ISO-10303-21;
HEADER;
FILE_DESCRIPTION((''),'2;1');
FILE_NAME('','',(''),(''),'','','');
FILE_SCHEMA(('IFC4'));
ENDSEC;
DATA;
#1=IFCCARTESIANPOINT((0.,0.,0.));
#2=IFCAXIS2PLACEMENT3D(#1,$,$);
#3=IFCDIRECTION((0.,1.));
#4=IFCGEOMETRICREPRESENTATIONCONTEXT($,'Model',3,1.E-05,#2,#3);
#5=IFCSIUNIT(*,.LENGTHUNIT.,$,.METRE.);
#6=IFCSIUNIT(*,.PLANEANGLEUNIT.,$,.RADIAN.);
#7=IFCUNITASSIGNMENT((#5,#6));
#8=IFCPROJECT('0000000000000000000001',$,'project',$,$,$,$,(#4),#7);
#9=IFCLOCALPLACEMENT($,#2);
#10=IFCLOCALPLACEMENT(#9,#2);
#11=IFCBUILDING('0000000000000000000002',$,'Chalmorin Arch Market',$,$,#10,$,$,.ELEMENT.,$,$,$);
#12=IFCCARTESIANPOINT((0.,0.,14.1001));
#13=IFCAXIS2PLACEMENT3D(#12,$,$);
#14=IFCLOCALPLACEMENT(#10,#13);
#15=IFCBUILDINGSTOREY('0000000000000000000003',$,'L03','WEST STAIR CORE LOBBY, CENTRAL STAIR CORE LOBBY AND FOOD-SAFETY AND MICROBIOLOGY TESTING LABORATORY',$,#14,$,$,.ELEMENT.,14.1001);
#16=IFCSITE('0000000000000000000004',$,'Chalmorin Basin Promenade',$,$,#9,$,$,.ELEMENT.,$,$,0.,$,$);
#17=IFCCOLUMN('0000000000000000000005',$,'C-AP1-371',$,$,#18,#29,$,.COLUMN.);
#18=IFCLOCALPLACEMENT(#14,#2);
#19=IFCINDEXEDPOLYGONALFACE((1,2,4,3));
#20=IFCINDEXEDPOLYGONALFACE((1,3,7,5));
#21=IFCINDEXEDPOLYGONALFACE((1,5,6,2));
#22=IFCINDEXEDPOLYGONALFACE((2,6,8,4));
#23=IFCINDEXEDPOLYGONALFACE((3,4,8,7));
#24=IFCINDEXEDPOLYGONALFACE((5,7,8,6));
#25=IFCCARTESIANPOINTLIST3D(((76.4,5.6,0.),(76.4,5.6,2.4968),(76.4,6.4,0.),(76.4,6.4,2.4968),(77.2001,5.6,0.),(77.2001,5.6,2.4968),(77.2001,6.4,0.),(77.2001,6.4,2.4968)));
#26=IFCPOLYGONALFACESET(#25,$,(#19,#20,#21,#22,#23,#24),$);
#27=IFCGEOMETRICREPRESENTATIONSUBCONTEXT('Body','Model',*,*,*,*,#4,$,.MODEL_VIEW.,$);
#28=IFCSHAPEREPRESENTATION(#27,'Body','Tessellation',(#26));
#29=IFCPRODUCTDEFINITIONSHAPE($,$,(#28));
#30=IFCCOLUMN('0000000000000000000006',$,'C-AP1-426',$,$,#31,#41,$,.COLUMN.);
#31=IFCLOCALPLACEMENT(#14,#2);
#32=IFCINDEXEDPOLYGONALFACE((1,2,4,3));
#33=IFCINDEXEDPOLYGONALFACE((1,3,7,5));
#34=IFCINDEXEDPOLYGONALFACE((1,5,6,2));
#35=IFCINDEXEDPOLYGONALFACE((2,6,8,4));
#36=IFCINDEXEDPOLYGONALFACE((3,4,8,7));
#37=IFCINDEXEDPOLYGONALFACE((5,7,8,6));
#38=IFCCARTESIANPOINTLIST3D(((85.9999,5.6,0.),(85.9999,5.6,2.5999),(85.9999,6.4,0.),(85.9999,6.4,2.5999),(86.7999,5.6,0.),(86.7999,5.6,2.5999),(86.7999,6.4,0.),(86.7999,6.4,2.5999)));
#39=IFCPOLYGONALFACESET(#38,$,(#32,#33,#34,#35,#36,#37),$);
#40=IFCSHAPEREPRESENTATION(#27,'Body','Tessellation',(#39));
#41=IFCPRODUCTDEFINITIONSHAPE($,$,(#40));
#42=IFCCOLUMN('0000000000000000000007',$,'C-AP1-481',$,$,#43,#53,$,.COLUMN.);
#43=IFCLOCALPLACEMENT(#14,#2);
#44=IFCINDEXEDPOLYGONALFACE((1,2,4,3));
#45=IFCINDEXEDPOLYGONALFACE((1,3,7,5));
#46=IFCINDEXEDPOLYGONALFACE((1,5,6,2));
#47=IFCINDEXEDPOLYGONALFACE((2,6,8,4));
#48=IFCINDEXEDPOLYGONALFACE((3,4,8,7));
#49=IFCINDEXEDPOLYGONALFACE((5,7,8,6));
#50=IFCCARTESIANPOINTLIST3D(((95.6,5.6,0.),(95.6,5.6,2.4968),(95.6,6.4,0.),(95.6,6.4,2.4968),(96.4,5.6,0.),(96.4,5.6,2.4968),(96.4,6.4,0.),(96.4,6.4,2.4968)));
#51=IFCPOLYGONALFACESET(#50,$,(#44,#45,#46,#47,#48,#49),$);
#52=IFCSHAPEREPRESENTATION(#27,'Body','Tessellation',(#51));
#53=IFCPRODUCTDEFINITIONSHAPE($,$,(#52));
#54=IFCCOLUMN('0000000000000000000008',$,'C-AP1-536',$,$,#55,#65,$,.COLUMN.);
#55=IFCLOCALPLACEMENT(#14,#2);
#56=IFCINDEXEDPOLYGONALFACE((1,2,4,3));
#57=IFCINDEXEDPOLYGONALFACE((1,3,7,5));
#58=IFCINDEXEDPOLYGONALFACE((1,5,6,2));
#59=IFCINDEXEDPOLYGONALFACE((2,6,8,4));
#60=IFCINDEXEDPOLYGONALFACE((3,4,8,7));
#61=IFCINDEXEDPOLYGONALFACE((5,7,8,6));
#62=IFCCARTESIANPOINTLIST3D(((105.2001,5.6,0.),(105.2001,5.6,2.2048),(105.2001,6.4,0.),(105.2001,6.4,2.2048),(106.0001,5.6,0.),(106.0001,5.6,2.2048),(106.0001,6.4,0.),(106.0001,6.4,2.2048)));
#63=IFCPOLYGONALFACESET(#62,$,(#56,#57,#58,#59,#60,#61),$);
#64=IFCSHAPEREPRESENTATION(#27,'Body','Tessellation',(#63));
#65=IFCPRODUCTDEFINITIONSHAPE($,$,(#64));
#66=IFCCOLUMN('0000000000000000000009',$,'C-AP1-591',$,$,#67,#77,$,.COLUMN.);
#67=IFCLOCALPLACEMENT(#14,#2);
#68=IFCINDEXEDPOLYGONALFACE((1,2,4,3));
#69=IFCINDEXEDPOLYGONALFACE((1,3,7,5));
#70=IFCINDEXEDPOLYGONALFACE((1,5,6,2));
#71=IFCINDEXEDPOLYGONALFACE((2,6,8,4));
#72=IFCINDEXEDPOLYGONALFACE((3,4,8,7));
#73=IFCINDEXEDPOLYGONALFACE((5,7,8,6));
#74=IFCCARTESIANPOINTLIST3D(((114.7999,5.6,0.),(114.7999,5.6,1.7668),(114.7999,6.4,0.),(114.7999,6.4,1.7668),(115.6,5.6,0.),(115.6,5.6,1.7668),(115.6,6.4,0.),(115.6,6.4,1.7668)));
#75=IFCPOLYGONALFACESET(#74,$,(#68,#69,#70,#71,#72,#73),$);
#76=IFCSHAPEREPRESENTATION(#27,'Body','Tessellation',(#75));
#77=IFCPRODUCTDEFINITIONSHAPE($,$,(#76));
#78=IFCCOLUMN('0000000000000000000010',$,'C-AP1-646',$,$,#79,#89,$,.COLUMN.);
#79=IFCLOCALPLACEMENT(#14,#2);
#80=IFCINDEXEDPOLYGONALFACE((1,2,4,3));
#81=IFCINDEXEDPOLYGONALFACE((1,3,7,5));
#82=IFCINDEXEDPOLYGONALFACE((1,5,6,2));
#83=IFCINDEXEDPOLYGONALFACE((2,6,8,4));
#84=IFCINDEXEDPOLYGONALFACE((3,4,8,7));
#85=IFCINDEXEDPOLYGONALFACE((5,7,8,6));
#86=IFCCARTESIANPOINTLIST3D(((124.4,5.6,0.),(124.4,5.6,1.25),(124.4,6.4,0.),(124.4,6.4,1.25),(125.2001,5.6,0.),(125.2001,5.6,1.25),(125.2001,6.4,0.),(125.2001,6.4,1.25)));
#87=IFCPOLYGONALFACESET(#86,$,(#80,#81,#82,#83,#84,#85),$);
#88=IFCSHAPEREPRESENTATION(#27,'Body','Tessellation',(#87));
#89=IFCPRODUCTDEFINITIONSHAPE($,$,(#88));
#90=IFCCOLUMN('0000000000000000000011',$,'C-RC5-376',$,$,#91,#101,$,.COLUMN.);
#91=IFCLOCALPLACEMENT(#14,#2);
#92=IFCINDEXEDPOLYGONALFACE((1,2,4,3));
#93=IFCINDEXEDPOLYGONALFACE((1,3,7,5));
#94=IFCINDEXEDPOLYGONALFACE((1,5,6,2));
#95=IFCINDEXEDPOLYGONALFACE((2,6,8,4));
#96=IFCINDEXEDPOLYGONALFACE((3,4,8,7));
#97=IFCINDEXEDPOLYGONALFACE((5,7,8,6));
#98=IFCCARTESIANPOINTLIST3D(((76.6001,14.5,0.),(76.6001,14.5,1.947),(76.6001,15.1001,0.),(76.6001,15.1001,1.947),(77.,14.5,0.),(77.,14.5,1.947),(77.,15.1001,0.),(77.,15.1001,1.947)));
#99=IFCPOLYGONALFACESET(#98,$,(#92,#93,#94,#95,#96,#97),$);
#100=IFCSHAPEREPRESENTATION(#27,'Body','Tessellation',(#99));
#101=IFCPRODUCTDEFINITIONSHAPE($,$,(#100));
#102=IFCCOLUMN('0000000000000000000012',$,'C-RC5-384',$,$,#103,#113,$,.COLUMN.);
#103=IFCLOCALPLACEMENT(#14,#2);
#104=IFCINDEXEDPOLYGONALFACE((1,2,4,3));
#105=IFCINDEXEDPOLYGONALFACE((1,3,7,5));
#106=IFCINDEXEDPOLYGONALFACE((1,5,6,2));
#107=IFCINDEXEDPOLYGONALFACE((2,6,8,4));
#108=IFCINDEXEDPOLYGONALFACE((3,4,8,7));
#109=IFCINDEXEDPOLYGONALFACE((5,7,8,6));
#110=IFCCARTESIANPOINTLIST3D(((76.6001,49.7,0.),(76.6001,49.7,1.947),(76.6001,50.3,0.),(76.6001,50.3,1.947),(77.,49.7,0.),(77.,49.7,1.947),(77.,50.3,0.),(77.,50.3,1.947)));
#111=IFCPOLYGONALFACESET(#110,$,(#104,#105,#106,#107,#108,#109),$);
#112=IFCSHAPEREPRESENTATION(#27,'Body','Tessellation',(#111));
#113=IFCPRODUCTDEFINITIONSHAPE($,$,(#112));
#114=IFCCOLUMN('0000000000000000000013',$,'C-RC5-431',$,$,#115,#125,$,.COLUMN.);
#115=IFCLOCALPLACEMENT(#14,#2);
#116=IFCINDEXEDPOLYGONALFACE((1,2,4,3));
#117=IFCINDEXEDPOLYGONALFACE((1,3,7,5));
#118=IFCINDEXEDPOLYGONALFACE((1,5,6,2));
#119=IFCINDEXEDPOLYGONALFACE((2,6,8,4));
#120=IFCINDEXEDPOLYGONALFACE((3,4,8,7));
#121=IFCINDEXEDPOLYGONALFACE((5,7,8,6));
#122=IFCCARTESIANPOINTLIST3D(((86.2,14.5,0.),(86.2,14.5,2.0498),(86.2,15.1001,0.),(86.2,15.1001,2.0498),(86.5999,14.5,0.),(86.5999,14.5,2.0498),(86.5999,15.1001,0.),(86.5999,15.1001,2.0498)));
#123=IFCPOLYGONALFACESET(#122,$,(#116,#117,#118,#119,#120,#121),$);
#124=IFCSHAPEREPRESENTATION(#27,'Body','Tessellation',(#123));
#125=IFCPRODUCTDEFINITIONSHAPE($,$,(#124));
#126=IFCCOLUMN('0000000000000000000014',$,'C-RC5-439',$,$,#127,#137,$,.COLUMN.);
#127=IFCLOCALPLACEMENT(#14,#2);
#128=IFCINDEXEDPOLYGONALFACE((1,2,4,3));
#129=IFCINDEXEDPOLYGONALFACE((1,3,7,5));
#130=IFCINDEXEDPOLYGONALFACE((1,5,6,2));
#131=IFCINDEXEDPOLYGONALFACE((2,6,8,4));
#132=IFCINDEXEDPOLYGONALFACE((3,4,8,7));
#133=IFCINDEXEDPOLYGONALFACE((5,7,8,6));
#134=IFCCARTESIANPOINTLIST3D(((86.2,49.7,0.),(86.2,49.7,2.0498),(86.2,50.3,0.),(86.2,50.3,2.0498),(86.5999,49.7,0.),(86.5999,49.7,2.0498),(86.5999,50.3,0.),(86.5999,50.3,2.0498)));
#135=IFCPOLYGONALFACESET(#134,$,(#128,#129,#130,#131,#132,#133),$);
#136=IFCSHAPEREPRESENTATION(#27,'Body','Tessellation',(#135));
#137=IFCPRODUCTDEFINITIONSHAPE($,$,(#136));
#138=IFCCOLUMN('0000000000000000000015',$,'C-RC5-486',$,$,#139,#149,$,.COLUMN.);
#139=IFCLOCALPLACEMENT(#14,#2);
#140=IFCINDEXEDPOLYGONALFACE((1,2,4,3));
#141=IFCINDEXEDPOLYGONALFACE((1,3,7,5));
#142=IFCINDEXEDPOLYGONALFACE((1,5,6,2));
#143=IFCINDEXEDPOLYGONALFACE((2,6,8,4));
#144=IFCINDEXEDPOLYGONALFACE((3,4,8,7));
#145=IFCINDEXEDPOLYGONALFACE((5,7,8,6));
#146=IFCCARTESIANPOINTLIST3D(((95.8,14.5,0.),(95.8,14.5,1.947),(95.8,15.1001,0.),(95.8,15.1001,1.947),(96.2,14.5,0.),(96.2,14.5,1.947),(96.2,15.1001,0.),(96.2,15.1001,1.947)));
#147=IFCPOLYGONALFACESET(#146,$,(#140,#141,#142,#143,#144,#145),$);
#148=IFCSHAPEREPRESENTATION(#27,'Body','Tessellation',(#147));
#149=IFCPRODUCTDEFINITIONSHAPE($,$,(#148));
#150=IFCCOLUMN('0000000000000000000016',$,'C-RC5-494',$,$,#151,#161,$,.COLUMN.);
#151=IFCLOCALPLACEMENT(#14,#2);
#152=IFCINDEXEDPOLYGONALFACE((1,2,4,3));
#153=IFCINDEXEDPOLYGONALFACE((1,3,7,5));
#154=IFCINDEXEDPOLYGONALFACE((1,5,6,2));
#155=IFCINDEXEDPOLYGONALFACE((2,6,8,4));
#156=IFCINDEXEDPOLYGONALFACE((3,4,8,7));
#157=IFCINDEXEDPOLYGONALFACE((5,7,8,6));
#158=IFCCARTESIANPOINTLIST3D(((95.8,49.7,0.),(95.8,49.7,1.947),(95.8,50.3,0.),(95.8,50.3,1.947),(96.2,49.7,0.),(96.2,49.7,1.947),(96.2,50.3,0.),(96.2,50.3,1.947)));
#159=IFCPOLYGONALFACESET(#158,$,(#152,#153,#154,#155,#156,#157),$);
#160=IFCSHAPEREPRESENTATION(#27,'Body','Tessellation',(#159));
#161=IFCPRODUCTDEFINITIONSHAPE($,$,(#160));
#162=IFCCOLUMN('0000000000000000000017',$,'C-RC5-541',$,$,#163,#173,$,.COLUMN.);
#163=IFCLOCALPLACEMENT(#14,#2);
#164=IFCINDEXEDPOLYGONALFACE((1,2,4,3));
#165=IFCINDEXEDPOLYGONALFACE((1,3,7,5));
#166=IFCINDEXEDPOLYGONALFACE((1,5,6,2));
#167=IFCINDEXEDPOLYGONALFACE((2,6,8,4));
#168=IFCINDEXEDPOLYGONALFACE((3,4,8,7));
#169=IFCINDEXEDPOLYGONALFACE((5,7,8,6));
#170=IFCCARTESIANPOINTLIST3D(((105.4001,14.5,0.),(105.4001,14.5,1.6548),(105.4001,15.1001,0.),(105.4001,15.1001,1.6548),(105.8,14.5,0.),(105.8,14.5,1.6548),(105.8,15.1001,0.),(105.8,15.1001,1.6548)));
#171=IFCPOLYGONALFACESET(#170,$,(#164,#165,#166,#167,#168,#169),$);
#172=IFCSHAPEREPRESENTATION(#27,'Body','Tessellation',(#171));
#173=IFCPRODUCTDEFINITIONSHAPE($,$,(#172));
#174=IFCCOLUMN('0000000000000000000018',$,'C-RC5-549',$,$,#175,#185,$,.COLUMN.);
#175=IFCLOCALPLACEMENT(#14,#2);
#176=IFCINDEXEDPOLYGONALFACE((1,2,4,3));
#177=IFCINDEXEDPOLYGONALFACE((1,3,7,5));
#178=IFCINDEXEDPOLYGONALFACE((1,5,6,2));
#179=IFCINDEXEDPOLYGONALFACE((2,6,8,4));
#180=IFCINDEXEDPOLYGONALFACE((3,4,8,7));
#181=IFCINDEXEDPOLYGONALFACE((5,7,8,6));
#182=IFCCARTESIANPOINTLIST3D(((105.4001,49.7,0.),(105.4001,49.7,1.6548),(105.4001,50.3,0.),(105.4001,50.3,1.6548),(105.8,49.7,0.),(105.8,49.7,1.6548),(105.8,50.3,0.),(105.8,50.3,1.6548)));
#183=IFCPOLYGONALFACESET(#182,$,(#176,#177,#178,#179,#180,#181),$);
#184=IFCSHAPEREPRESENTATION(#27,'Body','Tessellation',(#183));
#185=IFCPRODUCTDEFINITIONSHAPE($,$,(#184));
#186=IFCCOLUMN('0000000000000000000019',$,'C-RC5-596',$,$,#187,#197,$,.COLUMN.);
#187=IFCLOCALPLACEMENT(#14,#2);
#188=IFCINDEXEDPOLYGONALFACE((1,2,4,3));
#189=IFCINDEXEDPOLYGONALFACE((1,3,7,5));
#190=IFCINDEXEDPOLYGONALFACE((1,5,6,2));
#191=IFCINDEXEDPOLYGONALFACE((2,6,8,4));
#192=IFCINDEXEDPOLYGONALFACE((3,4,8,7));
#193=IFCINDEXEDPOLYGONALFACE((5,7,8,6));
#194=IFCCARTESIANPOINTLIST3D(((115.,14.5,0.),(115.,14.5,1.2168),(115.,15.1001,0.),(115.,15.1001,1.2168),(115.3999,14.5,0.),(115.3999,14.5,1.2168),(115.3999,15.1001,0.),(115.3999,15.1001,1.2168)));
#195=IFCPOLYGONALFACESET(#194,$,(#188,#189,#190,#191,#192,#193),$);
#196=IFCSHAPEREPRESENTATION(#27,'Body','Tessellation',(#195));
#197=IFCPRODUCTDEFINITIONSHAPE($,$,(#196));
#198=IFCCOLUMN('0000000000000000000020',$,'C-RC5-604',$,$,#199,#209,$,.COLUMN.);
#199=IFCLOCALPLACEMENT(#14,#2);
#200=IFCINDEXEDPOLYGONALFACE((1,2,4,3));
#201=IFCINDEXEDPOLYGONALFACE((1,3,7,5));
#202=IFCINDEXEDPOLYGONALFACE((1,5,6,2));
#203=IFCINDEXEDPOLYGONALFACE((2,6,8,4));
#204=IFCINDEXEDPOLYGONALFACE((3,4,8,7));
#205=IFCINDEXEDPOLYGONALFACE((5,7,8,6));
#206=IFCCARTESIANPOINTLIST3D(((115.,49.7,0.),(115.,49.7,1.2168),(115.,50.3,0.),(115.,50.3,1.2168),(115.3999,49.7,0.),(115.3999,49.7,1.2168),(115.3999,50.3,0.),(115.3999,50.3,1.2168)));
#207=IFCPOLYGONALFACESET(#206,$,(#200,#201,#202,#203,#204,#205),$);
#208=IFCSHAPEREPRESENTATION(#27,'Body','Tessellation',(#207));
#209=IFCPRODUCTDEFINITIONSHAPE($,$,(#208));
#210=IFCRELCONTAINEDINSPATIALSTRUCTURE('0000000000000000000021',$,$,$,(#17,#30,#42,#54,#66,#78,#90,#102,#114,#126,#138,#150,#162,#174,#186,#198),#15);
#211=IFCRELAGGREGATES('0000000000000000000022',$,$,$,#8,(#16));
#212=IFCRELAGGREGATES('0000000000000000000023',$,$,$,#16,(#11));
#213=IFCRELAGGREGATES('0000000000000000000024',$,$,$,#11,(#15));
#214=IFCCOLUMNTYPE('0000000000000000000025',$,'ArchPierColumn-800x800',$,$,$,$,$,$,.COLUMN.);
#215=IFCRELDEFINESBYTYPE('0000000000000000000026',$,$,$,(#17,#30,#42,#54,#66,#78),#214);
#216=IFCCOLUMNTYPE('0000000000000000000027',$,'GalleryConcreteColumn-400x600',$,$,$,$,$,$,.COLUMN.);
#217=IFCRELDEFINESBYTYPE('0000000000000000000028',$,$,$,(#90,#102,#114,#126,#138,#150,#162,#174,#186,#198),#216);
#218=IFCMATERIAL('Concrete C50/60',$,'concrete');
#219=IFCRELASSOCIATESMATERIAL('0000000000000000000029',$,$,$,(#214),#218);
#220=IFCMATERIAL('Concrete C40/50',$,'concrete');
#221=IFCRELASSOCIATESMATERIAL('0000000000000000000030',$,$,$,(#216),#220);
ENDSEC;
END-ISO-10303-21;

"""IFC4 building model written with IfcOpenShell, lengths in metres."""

from ifc_helpers import new_model, si_unit, direction, frame, origin, origin_2d, place, context, subcontext, project, spatial, rectangle, extrude, material, material_profile, profile_set, type_object, element, save


model = new_model("IFC4")

# Units and contexts
model_context = context("Model", 3, precision=1e-05, world=origin(), true_north=direction((0.0, 1.0)))
body_context = subcontext(model_context, "Body", "Model", "MODEL_VIEW")
ifc_project = project(units=[si_unit("LENGTHUNIT", "METRE"), si_unit("PLANEANGLEUNIT", "RADIAN")], contexts=[model_context])

# Site, building, storey
site_placement = place(None, origin())
site = spatial("IfcSite", under=ifc_project, at=site_placement, Name="Chalmorin Basin Promenade", CompositionType="ELEMENT", RefElevation=0.0)
building_placement = place(site_placement, origin())
building = spatial("IfcBuilding", under=site, at=building_placement, Name="Chalmorin Arch Market", CompositionType="ELEMENT")
storey_placement = place(building_placement, frame((0.0, 0.0, 14.1001)))
storey = spatial("IfcBuildingStorey", under=building, at=storey_placement, Name="L03", Description="WEST STAIR CORE LOBBY, CENTRAL STAIR CORE LOBBY AND FOOD-SAFETY AND MICROBIOLOGY TESTING LABORATORY", CompositionType="ELEMENT", Elevation=14.1001)

# Columns
ifc_material_1 = material(Name="Concrete C50/60", Category="concrete")
ifc_material_profile_1 = material_profile(ifc_material_1, rectangle(XDim=0.8, YDim=0.8, at=origin_2d()), Name="RC800X800")
ifc_profile_set_1 = profile_set([ifc_material_profile_1], Name="Concrete C50/60")
column_type_1 = type_object("IfcColumnType", Name="ArchPierColumn-800x800", PredefinedType="COLUMN", material=ifc_profile_set_1)
column_1_placement = place(storey_placement, frame((76.8, 6.0, 0.0), z_axis=(0.0, 0.0, 1.0), x_axis=(1.0, 0.0, 0.0)))
element("IfcColumn", 1, at=column_1_placement, inside=storey, type_object=column_type_1, Name="C-AP1-371", PredefinedType="COLUMN", context=body_context, shape_type="SweptSolid", body=[
    extrude(rectangle(XDim=0.8, YDim=0.8, at=origin_2d()), origin(), (0.0, 0.0, 1.0), 2.4968),
])
column_2_placement = place(storey_placement, frame((86.3999, 6.0, 0.0), z_axis=(0.0, 0.0, 1.0), x_axis=(1.0, 0.0, 0.0)))
element("IfcColumn", 2, at=column_2_placement, inside=storey, type_object=column_type_1, Name="C-AP1-426", PredefinedType="COLUMN", context=body_context, shape_type="SweptSolid", body=[
    extrude(rectangle(XDim=0.8, YDim=0.8, at=origin_2d()), origin(), (0.0, 0.0, 1.0), 2.5999),
])
column_3_placement = place(storey_placement, frame((96.0, 6.0, 0.0), z_axis=(0.0, 0.0, 1.0), x_axis=(1.0, 0.0, 0.0)))
element("IfcColumn", 3, at=column_3_placement, inside=storey, type_object=column_type_1, Name="C-AP1-481", PredefinedType="COLUMN", context=body_context, shape_type="SweptSolid", body=[
    extrude(rectangle(XDim=0.8, YDim=0.8, at=origin_2d()), origin(), (0.0, 0.0, 1.0), 2.4968),
])
column_4_placement = place(storey_placement, frame((105.6001, 6.0, 0.0), z_axis=(0.0, 0.0, 1.0), x_axis=(1.0, 0.0, 0.0)))
element("IfcColumn", 4, at=column_4_placement, inside=storey, type_object=column_type_1, Name="C-AP1-536", PredefinedType="COLUMN", context=body_context, shape_type="SweptSolid", body=[
    extrude(rectangle(XDim=0.8, YDim=0.8, at=origin_2d()), origin(), (0.0, 0.0, 1.0), 2.2048),
])
column_5_placement = place(storey_placement, frame((115.2, 6.0, 0.0), z_axis=(0.0, 0.0, 1.0), x_axis=(1.0, 0.0, 0.0)))
element("IfcColumn", 5, at=column_5_placement, inside=storey, type_object=column_type_1, Name="C-AP1-591", PredefinedType="COLUMN", context=body_context, shape_type="SweptSolid", body=[
    extrude(rectangle(XDim=0.8, YDim=0.8, at=origin_2d()), origin(), (0.0, 0.0, 1.0), 1.7668),
])
column_6_placement = place(storey_placement, frame((124.8, 6.0, 0.0), z_axis=(0.0, 0.0, 1.0), x_axis=(1.0, 0.0, 0.0)))
element("IfcColumn", 6, at=column_6_placement, inside=storey, type_object=column_type_1, Name="C-AP1-646", PredefinedType="COLUMN", context=body_context, shape_type="SweptSolid", body=[
    extrude(rectangle(XDim=0.8, YDim=0.8, at=origin_2d()), origin(), (0.0, 0.0, 1.0), 1.25),
])
ifc_material_2 = material(Name="Concrete C40/50", Category="concrete")
ifc_material_profile_2 = material_profile(ifc_material_2, rectangle(XDim=0.3999, YDim=0.6001, at=origin_2d()), Name="RC400X600")
ifc_profile_set_2 = profile_set([ifc_material_profile_2], Name="Concrete C40/50")
column_type_2 = type_object("IfcColumnType", Name="GalleryConcreteColumn-400x600", PredefinedType="COLUMN", material=ifc_profile_set_2)
for number, where, z_axis, x_axis, name in (
    (7, (76.8, 14.8, 0.0), (0.0, 0.0, 1.0), (1.0, 0.0, 0.0), "C-RC5-376"),
    (8, (76.8, 50.0, 0.0), (0.0, 0.0, 1.0), (1.0, 0.0, 0.0), "C-RC5-384"),
):
    element("IfcColumn", number, at=place(storey_placement, frame(where, z_axis=z_axis, x_axis=x_axis)), inside=storey, type_object=column_type_2, Name=name, PredefinedType="COLUMN", context=body_context, shape_type="SweptSolid", body=[
        extrude(rectangle(XDim=0.3999, YDim=0.6001, at=origin_2d()), origin(), (0.0, 0.0, 1.0), 1.947),
    ])
for number, where, z_axis, x_axis, name in (
    (9, (86.3999, 14.8, 0.0), (0.0, 0.0, 1.0), (1.0, 0.0, 0.0), "C-RC5-431"),
    (10, (86.3999, 50.0, 0.0), (0.0, 0.0, 1.0), (1.0, 0.0, 0.0), "C-RC5-439"),
):
    element("IfcColumn", number, at=place(storey_placement, frame(where, z_axis=z_axis, x_axis=x_axis)), inside=storey, type_object=column_type_2, Name=name, PredefinedType="COLUMN", context=body_context, shape_type="SweptSolid", body=[
        extrude(rectangle(XDim=0.3999, YDim=0.6001, at=origin_2d()), origin(), (0.0, 0.0, 1.0), 2.0498),
    ])
for number, where, z_axis, x_axis, name in (
    (11, (96.0, 14.8, 0.0), (0.0, 0.0, 1.0), (1.0, 0.0, 0.0), "C-RC5-486"),
    (12, (96.0, 50.0, 0.0), (0.0, 0.0, 1.0), (1.0, 0.0, 0.0), "C-RC5-494"),
):
    element("IfcColumn", number, at=place(storey_placement, frame(where, z_axis=z_axis, x_axis=x_axis)), inside=storey, type_object=column_type_2, Name=name, PredefinedType="COLUMN", context=body_context, shape_type="SweptSolid", body=[
        extrude(rectangle(XDim=0.3999, YDim=0.6001, at=origin_2d()), origin(), (0.0, 0.0, 1.0), 1.947),
    ])
for number, where, z_axis, x_axis, name in (
    (13, (105.6001, 14.8, 0.0), (0.0, 0.0, 1.0), (1.0, 0.0, 0.0), "C-RC5-541"),
    (14, (105.6001, 50.0, 0.0), (0.0, 0.0, 1.0), (1.0, 0.0, 0.0), "C-RC5-549"),
):
    element("IfcColumn", number, at=place(storey_placement, frame(where, z_axis=z_axis, x_axis=x_axis)), inside=storey, type_object=column_type_2, Name=name, PredefinedType="COLUMN", context=body_context, shape_type="SweptSolid", body=[
        extrude(rectangle(XDim=0.3999, YDim=0.6001, at=origin_2d()), origin(), (0.0, 0.0, 1.0), 1.6548),
    ])
for number, where, z_axis, x_axis, name in (
    (15, (115.2, 14.8, 0.0), (0.0, 0.0, 1.0), (1.0, 0.0, 0.0), "C-RC5-596"),
    (16, (115.2, 50.0, 0.0), (0.0, 0.0, 1.0), (1.0, 0.0, 0.0), "C-RC5-604"),
):
    element("IfcColumn", number, at=place(storey_placement, frame(where, z_axis=z_axis, x_axis=x_axis)), inside=storey, type_object=column_type_2, Name=name, PredefinedType="COLUMN", context=body_context, shape_type="SweptSolid", body=[
        extrude(rectangle(XDim=0.3999, YDim=0.6001, at=origin_2d()), origin(), (0.0, 0.0, 1.0), 1.2168),
    ])

save(model, "model.ifc")
